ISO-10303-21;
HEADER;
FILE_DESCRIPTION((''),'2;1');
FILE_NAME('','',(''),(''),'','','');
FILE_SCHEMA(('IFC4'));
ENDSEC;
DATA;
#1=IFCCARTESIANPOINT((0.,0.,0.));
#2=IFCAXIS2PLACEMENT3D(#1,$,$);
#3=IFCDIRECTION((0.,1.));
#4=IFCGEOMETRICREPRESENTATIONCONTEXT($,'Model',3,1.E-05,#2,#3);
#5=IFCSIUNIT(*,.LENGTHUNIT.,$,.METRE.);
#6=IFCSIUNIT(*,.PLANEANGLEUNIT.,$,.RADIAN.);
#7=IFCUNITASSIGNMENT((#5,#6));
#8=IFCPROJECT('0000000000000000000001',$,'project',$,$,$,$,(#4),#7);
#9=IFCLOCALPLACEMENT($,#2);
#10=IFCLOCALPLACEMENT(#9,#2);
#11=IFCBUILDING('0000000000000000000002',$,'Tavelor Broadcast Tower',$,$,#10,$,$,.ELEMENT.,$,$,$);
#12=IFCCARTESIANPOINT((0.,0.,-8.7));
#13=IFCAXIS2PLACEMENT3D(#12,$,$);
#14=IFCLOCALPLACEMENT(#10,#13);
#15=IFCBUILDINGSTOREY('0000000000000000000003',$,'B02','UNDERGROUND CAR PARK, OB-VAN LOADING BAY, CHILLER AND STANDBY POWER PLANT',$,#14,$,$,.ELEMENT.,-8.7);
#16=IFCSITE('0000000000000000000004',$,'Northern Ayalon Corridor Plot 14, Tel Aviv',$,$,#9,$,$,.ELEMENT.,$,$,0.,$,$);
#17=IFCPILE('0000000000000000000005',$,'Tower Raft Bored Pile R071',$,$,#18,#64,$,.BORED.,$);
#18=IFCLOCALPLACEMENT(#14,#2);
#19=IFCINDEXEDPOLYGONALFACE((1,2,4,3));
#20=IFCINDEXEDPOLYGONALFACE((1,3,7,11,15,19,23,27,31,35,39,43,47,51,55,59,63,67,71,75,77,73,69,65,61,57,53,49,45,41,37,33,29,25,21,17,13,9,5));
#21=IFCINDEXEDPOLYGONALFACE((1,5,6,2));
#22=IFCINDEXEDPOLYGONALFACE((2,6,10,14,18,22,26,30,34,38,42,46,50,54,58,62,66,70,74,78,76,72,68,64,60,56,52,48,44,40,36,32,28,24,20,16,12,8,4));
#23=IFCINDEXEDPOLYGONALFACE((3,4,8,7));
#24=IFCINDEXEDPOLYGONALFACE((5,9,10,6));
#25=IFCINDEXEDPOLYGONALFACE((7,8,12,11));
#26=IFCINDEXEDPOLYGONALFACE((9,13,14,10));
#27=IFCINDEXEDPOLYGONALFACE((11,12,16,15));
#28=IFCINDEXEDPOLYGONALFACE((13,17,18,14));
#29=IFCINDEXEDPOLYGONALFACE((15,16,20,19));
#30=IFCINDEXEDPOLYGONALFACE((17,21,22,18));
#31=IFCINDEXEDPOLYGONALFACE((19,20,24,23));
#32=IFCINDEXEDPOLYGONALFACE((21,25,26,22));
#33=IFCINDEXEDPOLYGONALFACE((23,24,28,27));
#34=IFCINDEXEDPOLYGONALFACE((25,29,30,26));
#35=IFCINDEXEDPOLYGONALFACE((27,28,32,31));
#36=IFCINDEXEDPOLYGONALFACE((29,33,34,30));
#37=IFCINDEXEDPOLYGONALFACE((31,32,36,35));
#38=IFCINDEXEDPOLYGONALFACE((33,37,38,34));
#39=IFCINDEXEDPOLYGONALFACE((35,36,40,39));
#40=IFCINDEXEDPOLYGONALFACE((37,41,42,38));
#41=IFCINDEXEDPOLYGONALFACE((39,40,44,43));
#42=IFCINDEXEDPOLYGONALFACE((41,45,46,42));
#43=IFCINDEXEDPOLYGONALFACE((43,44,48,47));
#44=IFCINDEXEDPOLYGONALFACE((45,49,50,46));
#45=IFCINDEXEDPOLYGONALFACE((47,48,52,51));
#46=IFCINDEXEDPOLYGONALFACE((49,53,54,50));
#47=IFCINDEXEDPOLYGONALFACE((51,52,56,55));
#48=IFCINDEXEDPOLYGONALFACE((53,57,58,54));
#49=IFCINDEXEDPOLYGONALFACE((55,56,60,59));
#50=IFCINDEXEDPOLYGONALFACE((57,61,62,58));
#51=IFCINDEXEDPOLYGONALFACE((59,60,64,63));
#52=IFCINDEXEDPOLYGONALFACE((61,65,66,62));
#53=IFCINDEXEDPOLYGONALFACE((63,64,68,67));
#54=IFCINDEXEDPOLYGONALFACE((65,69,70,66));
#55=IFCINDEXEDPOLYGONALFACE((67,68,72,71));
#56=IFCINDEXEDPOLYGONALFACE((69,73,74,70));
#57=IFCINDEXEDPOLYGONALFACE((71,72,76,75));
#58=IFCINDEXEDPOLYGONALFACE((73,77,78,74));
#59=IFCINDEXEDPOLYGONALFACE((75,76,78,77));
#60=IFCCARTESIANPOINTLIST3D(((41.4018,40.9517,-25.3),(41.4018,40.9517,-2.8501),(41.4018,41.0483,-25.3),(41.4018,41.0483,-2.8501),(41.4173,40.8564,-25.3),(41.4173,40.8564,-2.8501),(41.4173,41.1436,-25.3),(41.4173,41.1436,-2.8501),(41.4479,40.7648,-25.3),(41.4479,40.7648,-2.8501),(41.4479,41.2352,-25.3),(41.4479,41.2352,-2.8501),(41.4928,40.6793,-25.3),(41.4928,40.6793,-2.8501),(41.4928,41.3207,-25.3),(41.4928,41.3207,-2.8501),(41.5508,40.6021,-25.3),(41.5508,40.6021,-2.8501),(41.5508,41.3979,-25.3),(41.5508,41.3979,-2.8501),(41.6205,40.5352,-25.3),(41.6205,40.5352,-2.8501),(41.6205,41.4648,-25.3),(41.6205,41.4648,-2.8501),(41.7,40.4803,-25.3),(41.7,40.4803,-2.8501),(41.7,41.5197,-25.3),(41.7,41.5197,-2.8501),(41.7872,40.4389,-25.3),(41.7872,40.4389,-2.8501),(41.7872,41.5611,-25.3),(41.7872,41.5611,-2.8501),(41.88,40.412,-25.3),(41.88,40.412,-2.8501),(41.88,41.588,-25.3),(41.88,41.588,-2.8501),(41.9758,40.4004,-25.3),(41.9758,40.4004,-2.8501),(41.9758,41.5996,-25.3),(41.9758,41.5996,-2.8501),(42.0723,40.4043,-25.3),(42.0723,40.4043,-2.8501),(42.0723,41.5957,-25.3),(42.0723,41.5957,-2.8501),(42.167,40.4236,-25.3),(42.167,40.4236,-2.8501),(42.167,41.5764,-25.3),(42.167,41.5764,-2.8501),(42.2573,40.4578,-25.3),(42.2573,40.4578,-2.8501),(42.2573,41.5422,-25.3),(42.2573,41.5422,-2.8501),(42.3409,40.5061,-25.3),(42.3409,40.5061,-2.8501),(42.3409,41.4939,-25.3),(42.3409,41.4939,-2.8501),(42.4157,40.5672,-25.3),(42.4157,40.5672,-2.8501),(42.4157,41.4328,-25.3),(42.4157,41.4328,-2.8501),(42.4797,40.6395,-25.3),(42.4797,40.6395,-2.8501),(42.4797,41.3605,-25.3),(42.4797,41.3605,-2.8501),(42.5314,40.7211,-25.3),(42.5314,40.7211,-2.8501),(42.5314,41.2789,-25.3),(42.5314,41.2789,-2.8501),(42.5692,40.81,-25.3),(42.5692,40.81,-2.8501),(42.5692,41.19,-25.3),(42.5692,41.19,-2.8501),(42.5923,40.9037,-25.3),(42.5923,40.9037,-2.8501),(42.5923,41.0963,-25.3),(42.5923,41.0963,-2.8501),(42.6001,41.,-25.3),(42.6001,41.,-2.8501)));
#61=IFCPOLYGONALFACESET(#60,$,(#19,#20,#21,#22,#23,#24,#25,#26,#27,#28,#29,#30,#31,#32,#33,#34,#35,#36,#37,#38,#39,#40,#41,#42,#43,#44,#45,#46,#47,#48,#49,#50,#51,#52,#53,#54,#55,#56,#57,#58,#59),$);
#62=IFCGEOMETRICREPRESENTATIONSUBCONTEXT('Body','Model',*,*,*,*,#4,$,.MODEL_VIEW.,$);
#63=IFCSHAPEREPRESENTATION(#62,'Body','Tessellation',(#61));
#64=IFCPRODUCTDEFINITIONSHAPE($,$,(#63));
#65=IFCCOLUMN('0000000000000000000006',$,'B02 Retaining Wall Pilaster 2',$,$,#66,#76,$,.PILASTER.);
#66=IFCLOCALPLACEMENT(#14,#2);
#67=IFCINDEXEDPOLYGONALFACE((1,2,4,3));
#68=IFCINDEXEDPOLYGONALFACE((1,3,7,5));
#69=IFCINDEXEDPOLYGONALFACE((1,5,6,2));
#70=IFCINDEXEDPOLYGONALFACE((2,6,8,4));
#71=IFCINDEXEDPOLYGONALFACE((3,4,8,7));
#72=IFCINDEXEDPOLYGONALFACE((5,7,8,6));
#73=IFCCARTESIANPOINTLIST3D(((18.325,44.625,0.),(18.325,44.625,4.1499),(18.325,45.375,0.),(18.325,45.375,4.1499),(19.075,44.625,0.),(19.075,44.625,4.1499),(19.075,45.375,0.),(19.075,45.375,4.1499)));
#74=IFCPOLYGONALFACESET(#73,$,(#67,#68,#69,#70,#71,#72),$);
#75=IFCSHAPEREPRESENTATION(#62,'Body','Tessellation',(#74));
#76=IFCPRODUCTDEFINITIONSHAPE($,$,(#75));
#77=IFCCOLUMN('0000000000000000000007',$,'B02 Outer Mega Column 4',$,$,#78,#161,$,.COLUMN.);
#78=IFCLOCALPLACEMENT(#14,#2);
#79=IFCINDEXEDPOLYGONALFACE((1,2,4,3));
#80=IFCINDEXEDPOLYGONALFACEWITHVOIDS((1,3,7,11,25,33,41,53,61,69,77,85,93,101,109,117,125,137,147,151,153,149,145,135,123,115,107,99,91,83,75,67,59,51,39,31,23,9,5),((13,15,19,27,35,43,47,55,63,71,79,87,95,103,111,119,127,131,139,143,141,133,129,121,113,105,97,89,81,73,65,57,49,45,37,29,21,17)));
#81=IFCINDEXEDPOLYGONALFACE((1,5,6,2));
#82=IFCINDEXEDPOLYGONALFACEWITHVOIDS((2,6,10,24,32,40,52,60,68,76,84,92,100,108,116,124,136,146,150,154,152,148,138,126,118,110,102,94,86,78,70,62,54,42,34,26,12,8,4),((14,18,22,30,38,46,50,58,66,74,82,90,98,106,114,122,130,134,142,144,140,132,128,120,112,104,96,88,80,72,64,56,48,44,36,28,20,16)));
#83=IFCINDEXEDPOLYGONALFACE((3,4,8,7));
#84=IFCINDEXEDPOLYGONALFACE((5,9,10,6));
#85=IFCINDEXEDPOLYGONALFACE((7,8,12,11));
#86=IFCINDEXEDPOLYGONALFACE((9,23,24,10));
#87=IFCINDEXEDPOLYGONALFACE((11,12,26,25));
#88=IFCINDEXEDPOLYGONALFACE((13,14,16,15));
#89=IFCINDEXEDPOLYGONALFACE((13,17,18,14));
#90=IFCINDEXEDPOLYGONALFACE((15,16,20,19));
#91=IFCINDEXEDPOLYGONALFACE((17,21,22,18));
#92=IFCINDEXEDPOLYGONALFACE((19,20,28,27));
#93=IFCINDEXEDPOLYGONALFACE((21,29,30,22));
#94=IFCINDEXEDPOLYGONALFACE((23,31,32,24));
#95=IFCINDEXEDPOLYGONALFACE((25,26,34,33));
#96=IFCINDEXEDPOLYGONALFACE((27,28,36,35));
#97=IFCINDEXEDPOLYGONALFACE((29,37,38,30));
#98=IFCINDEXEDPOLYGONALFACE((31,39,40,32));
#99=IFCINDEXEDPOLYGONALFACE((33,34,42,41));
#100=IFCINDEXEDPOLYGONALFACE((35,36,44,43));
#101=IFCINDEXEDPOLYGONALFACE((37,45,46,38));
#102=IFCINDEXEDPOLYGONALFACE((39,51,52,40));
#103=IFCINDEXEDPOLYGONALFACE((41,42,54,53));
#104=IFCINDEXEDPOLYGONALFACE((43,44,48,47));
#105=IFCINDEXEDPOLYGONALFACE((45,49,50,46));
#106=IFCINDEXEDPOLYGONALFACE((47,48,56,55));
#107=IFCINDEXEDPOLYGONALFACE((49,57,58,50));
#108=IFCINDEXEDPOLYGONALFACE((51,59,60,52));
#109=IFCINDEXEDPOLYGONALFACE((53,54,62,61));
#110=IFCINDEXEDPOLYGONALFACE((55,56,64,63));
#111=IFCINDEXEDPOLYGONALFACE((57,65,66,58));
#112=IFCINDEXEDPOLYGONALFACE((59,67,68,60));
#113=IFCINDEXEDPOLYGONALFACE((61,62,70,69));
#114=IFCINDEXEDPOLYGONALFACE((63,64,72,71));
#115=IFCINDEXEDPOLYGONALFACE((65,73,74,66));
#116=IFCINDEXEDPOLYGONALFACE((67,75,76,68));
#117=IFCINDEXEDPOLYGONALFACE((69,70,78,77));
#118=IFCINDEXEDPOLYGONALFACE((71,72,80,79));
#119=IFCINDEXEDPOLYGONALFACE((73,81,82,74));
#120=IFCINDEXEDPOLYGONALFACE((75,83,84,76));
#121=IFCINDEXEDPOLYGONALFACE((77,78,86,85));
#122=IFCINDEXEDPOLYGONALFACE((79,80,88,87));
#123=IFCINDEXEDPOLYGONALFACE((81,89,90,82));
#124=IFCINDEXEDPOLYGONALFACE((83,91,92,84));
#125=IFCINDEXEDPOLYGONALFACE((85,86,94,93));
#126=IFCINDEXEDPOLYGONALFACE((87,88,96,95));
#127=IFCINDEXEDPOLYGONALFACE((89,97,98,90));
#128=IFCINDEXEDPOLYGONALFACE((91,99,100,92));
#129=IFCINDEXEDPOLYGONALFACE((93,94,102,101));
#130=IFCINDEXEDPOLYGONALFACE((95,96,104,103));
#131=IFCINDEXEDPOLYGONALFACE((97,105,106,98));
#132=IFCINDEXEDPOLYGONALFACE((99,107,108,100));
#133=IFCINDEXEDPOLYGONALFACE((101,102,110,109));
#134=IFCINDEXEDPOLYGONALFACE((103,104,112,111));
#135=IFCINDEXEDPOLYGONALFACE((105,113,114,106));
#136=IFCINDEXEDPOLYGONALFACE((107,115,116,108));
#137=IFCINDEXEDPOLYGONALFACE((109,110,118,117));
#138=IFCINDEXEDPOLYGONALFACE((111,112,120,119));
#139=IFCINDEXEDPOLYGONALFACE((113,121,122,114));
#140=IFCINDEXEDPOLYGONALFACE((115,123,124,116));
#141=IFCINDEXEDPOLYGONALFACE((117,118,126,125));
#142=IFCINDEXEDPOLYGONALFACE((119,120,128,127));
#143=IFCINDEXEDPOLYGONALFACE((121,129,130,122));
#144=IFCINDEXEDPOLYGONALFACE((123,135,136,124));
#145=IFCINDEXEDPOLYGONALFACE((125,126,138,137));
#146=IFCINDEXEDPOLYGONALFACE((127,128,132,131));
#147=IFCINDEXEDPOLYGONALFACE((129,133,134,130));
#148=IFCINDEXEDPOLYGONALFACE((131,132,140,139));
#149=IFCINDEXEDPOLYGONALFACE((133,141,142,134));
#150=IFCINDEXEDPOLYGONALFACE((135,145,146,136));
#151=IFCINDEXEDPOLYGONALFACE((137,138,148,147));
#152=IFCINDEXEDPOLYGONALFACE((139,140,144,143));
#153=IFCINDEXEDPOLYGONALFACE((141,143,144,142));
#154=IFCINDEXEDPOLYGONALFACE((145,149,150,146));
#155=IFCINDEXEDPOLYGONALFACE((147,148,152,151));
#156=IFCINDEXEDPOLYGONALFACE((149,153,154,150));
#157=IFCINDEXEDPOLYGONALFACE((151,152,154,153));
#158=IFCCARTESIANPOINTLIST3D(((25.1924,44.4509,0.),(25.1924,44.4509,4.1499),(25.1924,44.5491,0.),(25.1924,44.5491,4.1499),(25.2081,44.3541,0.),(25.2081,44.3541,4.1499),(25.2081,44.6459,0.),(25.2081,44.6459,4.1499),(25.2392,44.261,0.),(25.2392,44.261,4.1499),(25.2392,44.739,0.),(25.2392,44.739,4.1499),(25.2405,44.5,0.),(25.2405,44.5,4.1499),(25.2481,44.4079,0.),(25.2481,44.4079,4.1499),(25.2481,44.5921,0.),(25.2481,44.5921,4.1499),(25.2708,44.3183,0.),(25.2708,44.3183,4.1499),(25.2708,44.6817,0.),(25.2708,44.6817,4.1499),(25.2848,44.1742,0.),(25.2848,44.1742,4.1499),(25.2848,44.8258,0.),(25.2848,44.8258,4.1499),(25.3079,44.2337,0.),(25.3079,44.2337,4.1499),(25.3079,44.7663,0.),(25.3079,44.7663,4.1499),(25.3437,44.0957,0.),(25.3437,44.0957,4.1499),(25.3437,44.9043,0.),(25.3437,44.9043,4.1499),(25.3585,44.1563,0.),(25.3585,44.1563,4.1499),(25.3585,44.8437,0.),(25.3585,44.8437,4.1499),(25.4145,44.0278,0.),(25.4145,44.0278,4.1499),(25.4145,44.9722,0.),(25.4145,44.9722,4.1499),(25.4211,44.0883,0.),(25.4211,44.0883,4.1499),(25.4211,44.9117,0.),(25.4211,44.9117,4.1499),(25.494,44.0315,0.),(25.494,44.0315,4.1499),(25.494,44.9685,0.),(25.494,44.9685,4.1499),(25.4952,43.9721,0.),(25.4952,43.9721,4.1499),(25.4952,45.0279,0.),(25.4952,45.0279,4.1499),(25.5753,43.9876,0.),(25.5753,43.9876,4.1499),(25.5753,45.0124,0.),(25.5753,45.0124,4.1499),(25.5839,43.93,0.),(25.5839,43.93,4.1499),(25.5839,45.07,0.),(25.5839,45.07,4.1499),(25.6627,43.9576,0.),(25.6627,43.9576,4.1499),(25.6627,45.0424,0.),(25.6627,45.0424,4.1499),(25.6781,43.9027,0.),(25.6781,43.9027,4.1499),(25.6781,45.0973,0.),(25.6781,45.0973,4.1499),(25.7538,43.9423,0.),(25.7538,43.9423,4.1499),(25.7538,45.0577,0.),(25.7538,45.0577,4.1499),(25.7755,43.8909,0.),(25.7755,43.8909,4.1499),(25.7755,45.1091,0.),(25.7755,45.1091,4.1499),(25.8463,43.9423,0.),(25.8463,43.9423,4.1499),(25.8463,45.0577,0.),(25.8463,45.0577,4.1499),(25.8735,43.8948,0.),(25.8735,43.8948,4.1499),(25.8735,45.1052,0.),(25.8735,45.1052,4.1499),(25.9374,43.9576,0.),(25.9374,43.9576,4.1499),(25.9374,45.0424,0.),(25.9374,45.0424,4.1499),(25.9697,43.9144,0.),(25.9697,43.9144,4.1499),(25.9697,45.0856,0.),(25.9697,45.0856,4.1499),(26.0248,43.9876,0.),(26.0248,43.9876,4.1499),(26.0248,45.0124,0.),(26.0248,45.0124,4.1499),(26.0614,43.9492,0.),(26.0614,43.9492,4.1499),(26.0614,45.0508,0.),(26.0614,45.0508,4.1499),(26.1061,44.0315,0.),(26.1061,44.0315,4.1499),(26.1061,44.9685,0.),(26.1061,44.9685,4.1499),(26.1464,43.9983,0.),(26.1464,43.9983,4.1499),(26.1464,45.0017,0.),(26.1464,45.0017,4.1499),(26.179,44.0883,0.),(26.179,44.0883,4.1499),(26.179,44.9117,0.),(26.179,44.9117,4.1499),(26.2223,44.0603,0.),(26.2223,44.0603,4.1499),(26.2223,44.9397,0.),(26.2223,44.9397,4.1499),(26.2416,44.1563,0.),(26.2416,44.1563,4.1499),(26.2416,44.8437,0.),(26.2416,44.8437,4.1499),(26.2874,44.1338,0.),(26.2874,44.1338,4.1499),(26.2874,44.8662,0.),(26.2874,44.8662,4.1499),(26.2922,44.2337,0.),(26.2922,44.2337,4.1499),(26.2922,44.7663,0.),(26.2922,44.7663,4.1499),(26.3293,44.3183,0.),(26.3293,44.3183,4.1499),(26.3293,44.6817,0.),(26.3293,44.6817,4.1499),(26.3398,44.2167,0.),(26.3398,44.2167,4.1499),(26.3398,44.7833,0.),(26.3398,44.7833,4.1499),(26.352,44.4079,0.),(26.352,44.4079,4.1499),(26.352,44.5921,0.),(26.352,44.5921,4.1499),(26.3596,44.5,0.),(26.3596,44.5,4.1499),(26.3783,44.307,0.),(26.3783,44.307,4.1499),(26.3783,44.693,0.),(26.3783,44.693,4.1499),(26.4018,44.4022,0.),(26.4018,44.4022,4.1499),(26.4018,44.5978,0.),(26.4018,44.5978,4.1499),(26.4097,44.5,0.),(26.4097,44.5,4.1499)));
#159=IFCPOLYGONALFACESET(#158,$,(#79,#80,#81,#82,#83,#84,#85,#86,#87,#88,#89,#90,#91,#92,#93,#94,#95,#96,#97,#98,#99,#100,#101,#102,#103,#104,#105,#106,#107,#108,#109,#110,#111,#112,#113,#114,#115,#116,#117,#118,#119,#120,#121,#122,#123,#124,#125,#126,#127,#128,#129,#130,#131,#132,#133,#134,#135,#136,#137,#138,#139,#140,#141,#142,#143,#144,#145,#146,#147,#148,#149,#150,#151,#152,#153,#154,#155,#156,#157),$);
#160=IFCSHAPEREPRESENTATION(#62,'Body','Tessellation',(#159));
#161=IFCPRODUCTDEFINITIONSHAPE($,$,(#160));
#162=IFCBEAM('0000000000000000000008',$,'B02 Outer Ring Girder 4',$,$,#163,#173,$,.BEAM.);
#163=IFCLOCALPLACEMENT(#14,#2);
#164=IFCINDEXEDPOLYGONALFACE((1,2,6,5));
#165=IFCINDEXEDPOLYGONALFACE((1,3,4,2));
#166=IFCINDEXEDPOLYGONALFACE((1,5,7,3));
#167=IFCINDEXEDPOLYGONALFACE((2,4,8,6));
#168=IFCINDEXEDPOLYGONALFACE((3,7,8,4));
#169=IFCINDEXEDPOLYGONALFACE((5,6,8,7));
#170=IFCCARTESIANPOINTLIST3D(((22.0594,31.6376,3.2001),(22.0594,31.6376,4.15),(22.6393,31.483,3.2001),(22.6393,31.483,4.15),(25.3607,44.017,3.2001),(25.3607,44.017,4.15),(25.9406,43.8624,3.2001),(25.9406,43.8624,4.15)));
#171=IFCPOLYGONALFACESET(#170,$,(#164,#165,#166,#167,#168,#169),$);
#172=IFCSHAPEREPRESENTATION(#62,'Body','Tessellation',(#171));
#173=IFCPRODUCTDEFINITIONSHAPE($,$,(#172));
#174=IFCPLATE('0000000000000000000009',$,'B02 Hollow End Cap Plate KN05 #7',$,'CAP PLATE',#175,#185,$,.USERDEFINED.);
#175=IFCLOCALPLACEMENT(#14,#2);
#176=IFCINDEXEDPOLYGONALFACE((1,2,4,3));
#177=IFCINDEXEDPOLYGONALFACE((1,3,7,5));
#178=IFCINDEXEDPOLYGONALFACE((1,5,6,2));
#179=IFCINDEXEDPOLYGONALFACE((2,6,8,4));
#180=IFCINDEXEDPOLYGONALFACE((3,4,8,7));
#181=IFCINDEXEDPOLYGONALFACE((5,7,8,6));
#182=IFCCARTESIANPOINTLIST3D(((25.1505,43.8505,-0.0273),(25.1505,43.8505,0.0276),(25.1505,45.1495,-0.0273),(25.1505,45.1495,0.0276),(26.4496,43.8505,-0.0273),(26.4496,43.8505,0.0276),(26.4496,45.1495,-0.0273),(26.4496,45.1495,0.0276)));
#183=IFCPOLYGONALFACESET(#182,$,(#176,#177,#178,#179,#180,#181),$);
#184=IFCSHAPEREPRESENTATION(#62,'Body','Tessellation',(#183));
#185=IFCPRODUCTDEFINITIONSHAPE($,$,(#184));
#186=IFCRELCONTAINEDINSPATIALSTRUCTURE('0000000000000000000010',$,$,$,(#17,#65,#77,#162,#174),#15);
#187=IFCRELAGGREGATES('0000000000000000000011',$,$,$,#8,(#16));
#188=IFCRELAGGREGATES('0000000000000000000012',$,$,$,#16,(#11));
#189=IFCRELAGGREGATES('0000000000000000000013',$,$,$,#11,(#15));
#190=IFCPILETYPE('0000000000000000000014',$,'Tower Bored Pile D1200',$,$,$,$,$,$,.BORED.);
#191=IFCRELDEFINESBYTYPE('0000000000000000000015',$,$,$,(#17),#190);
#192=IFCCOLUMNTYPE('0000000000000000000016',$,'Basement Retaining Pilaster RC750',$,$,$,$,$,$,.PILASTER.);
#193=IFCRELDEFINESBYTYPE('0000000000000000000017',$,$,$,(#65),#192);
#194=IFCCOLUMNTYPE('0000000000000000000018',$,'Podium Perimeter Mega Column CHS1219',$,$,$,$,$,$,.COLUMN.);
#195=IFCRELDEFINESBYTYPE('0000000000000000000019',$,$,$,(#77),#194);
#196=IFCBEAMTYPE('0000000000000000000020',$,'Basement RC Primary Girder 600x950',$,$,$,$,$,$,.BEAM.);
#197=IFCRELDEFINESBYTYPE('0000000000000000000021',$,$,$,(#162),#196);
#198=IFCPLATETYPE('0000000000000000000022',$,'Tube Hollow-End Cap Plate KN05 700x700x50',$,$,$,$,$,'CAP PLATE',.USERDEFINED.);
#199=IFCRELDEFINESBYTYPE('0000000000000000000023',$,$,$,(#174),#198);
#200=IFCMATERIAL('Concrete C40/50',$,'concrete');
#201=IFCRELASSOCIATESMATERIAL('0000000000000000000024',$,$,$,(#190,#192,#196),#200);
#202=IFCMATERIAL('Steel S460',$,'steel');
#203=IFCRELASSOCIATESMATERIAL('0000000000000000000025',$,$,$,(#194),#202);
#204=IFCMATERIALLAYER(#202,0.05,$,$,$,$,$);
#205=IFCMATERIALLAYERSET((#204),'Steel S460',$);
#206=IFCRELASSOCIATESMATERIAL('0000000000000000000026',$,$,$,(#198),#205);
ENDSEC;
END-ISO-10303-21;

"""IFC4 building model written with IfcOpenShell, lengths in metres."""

from ifc_helpers import new_model, si_unit, direction, frame, origin, origin_2d, place, context, subcontext, project, spatial, rectangle, circle, hollow_circle, extrude, source, transform, mapped, material, layer, layer_set, material_profile, profile_set, type_object, type_shapes, element, save


model = new_model("IFC4")

# Units and contexts
model_context = context("Model", 3, precision=1e-05, world=origin(), true_north=direction((0.0, 1.0)))
body_context = subcontext(model_context, "Body", "Model", "MODEL_VIEW")
ifc_project = project(units=[si_unit("LENGTHUNIT", "METRE"), si_unit("PLANEANGLEUNIT", "RADIAN")], contexts=[model_context])

# Site, building, storey
site_placement = place(None, origin())
site = spatial("IfcSite", under=ifc_project, at=site_placement, Name="Northern Ayalon Corridor Plot 14, Tel Aviv", CompositionType="ELEMENT", RefElevation=0.0)
building_placement = place(site_placement, origin())
building = spatial("IfcBuilding", under=site, at=building_placement, Name="Tavelor Broadcast Tower", CompositionType="ELEMENT")
storey_placement = place(building_placement, frame((0.0, 0.0, -8.7)))
storey = spatial("IfcBuildingStorey", under=building, at=storey_placement, Name="B02", Description="UNDERGROUND CAR PARK, OB-VAN LOADING BAY, CHILLER AND STANDBY POWER PLANT", CompositionType="ELEMENT", Elevation=-8.7)

# Pile
ifc_material_1 = material(Name="Concrete C40/50", Category="concrete")
ifc_material_profile_1 = material_profile(ifc_material_1, circle(Radius=0.6001, at=origin_2d()), Name="PILE D1200")
ifc_profile_set_1 = profile_set([ifc_material_profile_1], Name="Concrete C40/50")
pile_type = type_object("IfcPileType", Name="Tower Bored Pile D1200", PredefinedType="BORED", material=ifc_profile_set_1)
for number, where, z_axis, x_axis, name in (
    (1, (42.0, 41.0, -2.8501), (0.0, 0.0, -1.0), (1.0, 0.0, 0.0), "Tower Raft Bored Pile R071"),
):
    element("IfcPile", number, at=place(storey_placement, frame(where, z_axis=z_axis, x_axis=x_axis)), inside=storey, type_object=pile_type, Name=name, PredefinedType="BORED", context=body_context, shape_type="SweptSolid", body=[
        extrude(circle(Radius=0.6001, at=origin_2d()), origin(), (0.0, 0.0, 1.0), 22.45),
    ])

# Columns
ifc_material_profile_2 = material_profile(ifc_material_1, rectangle(XDim=0.75, YDim=0.75, at=origin_2d()), Name="RC 750x750")
ifc_profile_set_2 = profile_set([ifc_material_profile_2], Name="Concrete C40/50")
column_type_1 = type_object("IfcColumnType", Name="Basement Retaining Pilaster RC750", PredefinedType="PILASTER", material=ifc_profile_set_2)
column_1_placement = place(storey_placement, frame((18.7, 45.0, 0.0), z_axis=(0.0, 0.0, 1.0), x_axis=(1.0, 0.0, 0.0)))
element("IfcColumn", 2, at=column_1_placement, inside=storey, type_object=column_type_1, Name="B02 Retaining Wall Pilaster 2", PredefinedType="PILASTER", context=body_context, shape_type="SweptSolid", body=[
    extrude(rectangle(XDim=0.75, YDim=0.75, at=origin_2d()), origin(), (0.0, 0.0, 1.0), 4.1499),
])
ifc_material_2 = material(Name="Steel S460", Category="steel")
ifc_material_profile_3 = material_profile(ifc_material_2, hollow_circle(Radius=0.6096, WallThickness=0.05, at=origin_2d()), Name="CHS 1219x50")
ifc_profile_set_3 = profile_set([ifc_material_profile_3], Name="Steel S460")
column_type_2 = type_object("IfcColumnType", Name="Podium Perimeter Mega Column CHS1219", PredefinedType="COLUMN", material=ifc_profile_set_3)
column_2_placement = place(storey_placement, frame((25.8, 44.5, 0.0), z_axis=(0.0, 0.0, 1.0), x_axis=(1.0, 0.0, 0.0)))
element("IfcColumn", 3, at=column_2_placement, inside=storey, type_object=column_type_2, Name="B02 Outer Mega Column 4", PredefinedType="COLUMN", context=body_context, shape_type="SweptSolid", body=[
    extrude(hollow_circle(Radius=0.6096, WallThickness=0.05, at=origin_2d()), origin(), (0.0, 0.0, 1.0), 4.1499),
])

# Beam
ifc_material_profile_4 = material_profile(ifc_material_1, rectangle(XDim=0.6001, YDim=0.95, at=origin_2d()), Name="RC 600x950")
ifc_profile_set_4 = profile_set([ifc_material_profile_4], Name="Concrete C40/50")
beam_type = type_object("IfcBeamType", Name="Basement RC Primary Girder 600x950", PredefinedType="BEAM", material=ifc_profile_set_4)
beam_placement = place(storey_placement, frame((25.6506, 43.9397, 3.675), z_axis=(-0.25767, -0.966233, 0.0), x_axis=(0.966233, -0.25767, 0.0)))
element("IfcBeam", 4, at=beam_placement, inside=storey, type_object=beam_type, Name="B02 Outer Ring Girder 4", PredefinedType="BEAM", context=body_context, shape_type="SweptSolid", body=[
    extrude(rectangle(XDim=0.6001, YDim=0.95, at=origin_2d()), origin(), (0.0, 0.0, 1.0), 12.812),
])

# Plate
ifc_layer = layer(ifc_material_2, 0.05)
ifc_layer_set = layer_set([ifc_layer], Name="Steel S460")
plate_type = type_object("IfcPlateType", Name="Tube Hollow-End Cap Plate KN05 700x700x50", ElementType="CAP PLATE", PredefinedType="USERDEFINED", material=ifc_layer_set)
shared_shape = source(origin(), body_context, "Body", "SweptSolid", [
    extrude(rectangle(XDim=1.2991, YDim=1.2991, at=origin_2d()), origin(), (0.0, 0.0, 1.0), 0.0549),
])
type_shapes(plate_type, [shared_shape])
for number, where, z_axis, x_axis, name in (
    (5, (25.8, 44.5, -0.0273), (0.0, 0.0, 1.0), (1.0, 0.0, 0.0), "B02 Hollow End Cap Plate KN05 #7"),
):
    element("IfcPlate", number, at=place(storey_placement, frame(where, z_axis=z_axis, x_axis=x_axis)), inside=storey, type_object=plate_type, Name=name, ObjectType="CAP PLATE", PredefinedType="USERDEFINED", context=body_context, shape_type="MappedRepresentation", body=[
        mapped(shared_shape, transform((0.0, 0.0, 0.0), scale=1.0)),
    ])

save(model, "model.ifc")
